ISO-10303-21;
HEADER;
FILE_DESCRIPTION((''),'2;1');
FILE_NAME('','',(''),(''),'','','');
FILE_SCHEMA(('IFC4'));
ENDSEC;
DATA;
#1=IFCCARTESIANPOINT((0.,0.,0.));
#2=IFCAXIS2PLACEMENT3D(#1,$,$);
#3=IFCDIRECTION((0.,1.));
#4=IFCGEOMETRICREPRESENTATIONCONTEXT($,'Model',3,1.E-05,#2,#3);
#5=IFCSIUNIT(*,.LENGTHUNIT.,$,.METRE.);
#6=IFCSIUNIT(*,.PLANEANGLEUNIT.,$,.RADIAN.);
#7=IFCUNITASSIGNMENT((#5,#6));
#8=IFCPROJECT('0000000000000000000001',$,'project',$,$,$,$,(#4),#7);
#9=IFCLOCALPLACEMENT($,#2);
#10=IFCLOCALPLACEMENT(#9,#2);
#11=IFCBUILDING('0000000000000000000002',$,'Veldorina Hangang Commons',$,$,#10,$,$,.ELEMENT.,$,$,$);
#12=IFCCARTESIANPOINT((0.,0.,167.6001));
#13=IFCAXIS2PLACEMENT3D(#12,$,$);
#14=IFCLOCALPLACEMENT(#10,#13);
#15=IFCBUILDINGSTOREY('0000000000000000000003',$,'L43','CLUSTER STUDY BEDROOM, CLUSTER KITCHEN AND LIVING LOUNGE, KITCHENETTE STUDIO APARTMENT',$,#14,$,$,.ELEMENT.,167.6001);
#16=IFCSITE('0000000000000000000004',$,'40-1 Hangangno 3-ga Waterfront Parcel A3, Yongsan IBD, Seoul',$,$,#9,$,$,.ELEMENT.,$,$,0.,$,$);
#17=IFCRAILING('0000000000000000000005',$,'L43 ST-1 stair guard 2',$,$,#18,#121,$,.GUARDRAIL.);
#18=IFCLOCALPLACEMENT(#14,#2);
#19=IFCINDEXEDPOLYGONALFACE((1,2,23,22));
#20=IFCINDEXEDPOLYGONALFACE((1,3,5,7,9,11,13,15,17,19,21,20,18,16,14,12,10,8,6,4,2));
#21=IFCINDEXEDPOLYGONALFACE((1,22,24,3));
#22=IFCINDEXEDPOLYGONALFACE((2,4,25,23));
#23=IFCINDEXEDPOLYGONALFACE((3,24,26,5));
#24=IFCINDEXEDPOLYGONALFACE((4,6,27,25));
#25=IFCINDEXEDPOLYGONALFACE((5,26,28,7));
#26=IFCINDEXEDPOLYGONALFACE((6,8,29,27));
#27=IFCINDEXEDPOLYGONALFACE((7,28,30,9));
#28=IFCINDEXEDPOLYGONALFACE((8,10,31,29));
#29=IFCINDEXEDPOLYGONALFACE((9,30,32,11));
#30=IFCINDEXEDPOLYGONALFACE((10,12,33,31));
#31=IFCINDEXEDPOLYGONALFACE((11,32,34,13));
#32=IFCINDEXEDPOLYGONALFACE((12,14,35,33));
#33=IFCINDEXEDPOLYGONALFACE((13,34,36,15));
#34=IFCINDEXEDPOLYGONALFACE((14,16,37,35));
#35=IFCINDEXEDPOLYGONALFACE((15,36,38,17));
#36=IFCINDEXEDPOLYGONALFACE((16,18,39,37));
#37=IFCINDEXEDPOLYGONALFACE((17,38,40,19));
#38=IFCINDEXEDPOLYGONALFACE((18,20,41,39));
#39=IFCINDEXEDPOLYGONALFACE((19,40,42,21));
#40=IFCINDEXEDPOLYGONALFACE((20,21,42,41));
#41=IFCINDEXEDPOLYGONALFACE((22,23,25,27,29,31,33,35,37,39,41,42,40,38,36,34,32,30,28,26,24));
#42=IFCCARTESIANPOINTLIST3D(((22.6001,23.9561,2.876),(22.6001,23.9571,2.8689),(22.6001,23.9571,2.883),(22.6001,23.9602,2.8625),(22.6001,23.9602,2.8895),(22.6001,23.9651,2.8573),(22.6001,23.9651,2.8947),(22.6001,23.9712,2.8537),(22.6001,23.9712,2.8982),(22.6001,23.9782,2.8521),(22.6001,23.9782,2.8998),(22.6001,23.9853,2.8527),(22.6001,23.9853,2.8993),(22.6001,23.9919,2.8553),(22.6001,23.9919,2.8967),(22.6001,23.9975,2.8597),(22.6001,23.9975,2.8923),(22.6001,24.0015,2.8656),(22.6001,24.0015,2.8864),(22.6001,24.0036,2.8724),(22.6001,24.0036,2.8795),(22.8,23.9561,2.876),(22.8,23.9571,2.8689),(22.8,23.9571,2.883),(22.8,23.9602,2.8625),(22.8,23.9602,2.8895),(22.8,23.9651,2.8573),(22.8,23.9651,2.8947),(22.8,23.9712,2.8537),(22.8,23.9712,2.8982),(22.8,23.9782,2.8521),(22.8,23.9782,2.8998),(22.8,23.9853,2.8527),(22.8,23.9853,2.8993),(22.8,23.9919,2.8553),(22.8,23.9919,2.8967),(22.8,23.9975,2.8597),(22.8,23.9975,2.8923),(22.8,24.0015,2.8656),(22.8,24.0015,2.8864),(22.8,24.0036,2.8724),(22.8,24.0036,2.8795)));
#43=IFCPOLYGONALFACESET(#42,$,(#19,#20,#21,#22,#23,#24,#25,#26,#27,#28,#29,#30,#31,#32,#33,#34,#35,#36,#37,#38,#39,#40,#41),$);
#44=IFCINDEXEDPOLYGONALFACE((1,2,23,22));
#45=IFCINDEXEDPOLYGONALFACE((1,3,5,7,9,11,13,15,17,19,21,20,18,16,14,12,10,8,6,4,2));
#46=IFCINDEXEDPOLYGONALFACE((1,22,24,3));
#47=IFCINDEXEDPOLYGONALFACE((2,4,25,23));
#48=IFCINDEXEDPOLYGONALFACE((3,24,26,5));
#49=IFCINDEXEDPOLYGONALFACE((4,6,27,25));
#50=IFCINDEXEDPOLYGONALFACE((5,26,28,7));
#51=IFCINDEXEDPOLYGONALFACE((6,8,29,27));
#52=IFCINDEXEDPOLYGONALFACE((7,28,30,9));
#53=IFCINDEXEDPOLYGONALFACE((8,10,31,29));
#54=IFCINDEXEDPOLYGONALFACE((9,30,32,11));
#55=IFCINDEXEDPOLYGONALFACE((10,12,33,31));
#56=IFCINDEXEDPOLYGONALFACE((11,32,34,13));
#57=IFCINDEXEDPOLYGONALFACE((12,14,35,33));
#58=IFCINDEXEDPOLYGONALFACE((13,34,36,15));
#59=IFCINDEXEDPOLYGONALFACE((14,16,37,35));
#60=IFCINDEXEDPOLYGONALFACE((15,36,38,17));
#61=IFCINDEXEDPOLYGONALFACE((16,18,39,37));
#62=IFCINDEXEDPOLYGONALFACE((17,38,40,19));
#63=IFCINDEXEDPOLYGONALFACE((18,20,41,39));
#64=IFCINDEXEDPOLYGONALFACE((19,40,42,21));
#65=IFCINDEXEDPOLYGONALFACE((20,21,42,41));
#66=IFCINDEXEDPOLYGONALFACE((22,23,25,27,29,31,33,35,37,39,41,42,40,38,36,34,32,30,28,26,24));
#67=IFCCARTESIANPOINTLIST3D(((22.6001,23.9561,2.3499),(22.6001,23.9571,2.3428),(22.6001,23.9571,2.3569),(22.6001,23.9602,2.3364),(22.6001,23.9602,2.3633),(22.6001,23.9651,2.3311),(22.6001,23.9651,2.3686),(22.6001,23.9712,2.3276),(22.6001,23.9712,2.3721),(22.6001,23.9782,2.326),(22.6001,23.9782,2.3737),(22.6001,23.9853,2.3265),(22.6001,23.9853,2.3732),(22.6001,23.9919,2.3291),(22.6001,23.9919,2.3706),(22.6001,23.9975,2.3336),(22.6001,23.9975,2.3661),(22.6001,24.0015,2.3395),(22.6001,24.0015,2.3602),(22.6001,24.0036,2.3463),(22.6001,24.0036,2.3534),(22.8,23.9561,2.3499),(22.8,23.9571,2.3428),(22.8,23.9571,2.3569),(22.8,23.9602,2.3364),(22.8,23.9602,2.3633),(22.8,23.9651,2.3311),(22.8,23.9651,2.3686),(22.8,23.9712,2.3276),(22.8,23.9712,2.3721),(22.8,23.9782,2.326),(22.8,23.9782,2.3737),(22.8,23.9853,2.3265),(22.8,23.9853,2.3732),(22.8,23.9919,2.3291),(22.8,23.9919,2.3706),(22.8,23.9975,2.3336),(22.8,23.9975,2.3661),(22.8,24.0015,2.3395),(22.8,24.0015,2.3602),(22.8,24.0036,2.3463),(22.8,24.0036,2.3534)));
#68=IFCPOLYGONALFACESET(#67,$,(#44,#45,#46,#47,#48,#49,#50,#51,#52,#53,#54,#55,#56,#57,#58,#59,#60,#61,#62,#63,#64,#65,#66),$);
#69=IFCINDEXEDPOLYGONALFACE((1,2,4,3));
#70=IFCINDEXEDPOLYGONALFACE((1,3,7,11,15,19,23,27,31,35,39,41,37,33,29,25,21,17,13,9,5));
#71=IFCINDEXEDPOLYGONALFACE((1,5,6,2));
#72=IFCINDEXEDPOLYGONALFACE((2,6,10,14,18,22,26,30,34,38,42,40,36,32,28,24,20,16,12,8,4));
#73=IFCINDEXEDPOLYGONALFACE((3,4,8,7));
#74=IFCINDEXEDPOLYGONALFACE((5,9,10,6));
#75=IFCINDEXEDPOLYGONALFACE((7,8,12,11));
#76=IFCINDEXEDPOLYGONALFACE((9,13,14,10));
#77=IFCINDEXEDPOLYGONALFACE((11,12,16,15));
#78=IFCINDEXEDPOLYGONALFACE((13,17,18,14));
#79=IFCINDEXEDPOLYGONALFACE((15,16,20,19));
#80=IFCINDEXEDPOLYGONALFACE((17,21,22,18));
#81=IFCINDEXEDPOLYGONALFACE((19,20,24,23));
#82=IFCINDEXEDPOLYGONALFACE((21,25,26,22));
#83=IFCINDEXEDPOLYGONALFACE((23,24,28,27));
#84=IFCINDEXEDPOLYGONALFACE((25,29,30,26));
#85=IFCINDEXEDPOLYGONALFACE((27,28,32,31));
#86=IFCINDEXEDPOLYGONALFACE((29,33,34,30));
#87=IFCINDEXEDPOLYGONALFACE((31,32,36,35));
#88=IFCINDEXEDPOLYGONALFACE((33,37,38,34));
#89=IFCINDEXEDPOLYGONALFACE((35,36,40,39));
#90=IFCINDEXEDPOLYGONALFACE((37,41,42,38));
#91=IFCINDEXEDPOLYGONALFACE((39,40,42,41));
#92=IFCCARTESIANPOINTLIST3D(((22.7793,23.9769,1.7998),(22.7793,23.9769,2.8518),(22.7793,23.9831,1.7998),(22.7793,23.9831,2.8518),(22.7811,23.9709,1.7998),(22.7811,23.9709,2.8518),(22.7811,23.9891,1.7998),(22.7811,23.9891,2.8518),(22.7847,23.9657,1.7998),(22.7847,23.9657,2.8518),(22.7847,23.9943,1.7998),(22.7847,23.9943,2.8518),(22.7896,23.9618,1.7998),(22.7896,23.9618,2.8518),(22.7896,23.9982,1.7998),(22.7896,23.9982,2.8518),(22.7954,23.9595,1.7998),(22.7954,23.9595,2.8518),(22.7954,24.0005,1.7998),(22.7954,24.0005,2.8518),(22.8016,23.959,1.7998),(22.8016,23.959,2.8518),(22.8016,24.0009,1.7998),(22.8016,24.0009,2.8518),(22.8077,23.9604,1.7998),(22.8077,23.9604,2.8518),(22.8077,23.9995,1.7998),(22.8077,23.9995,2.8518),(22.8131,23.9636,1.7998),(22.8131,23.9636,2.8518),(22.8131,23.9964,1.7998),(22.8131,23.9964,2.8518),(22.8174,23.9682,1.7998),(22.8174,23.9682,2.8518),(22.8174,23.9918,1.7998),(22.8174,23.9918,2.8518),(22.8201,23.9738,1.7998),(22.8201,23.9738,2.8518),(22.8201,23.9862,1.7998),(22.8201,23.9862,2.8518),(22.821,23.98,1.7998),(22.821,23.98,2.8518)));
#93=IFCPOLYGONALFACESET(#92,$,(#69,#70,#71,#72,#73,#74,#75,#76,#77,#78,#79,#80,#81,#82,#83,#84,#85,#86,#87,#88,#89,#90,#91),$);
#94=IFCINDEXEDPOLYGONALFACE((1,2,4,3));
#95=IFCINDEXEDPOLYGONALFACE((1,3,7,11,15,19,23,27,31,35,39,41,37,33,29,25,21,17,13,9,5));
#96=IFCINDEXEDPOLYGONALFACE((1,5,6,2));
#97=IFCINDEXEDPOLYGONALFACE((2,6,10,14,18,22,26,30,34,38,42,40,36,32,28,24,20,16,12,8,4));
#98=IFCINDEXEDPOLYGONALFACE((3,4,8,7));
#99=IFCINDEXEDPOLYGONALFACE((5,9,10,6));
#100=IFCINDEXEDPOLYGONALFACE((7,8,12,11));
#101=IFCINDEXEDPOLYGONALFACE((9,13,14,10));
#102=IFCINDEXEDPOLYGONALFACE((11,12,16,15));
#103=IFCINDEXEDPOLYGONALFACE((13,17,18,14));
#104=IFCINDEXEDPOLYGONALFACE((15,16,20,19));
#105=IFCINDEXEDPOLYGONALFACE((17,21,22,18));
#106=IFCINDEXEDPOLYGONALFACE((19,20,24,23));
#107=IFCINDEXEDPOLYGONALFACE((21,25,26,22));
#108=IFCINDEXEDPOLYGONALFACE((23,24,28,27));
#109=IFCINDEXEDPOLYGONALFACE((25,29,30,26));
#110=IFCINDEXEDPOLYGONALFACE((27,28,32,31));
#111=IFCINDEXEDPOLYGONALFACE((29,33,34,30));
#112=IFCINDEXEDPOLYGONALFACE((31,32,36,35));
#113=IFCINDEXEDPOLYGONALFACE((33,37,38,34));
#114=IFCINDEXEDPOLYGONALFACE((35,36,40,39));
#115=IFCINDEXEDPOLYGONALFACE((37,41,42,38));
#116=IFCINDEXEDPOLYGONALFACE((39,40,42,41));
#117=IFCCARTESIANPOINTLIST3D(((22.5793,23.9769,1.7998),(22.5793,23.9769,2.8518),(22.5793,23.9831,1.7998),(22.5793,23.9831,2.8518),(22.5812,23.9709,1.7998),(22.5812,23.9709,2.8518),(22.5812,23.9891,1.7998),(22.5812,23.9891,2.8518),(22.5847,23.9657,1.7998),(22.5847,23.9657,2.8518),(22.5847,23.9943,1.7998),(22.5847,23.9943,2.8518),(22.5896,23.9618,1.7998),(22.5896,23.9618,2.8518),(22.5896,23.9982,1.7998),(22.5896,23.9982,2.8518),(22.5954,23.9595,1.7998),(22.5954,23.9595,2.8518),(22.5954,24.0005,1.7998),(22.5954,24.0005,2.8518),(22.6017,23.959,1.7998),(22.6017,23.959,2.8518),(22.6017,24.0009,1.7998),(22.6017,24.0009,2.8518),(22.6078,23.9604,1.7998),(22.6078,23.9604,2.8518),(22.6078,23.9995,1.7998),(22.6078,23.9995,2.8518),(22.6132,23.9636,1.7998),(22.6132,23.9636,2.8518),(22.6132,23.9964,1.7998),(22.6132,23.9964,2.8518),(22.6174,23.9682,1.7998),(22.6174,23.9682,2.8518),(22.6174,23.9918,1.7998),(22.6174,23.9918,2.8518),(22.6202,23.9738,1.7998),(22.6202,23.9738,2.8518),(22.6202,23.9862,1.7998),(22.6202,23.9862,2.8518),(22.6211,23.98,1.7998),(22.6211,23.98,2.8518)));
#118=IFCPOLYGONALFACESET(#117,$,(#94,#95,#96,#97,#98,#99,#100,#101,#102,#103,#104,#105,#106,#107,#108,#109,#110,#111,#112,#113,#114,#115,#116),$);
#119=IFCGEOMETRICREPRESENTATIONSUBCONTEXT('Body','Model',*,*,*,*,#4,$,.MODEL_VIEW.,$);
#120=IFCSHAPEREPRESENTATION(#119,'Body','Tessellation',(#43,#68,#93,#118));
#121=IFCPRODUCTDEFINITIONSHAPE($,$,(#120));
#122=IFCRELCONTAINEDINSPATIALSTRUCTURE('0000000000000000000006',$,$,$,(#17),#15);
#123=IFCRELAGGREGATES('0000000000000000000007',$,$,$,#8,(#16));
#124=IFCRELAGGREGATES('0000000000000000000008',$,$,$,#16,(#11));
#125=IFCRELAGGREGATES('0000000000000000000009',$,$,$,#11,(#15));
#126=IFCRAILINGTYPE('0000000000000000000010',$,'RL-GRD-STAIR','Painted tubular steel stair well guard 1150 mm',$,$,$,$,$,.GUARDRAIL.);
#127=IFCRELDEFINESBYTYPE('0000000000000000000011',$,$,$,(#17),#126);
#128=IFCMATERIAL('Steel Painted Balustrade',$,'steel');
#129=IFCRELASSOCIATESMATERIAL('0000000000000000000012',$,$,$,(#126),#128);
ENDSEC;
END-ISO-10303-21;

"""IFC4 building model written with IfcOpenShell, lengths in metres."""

from ifc_helpers import new_model, si_unit, direction, frame, origin, origin_2d, place, context, subcontext, project, spatial, circle, extrude, material, type_object, element, save


model = new_model("IFC4")

# Units and contexts
model_context = context("Model", 3, precision=1e-05, world=origin(), true_north=direction((0.0, 1.0)))
body_context = subcontext(model_context, "Body", "Model", "MODEL_VIEW")
ifc_project = project(units=[si_unit("LENGTHUNIT", "METRE"), si_unit("PLANEANGLEUNIT", "RADIAN")], contexts=[model_context])

# Site, building, storey
site_placement = place(None, origin())
site = spatial("IfcSite", under=ifc_project, at=site_placement, Name="40-1 Hangangno 3-ga Waterfront Parcel A3, Yongsan IBD, Seoul", CompositionType="ELEMENT", RefElevation=0.0)
building_placement = place(site_placement, origin())
building = spatial("IfcBuilding", under=site, at=building_placement, Name="Veldorina Hangang Commons", CompositionType="ELEMENT")
storey_placement = place(building_placement, frame((0.0, 0.0, 167.6001)))
storey = spatial("IfcBuildingStorey", under=building, at=storey_placement, Name="L43", Description="CLUSTER STUDY BEDROOM, CLUSTER KITCHEN AND LIVING LOUNGE, KITCHENETTE STUDIO APARTMENT", CompositionType="ELEMENT", Elevation=167.6001)

# Railing
ifc_material_1 = material(Name="Steel Painted Balustrade", Category="steel")
railing_type = type_object("IfcRailingType", Name="RL-GRD-STAIR", Description="Painted tubular steel stair well guard 1150 mm", PredefinedType="GUARDRAIL", material=ifc_material_1)
railing_1_placement = place(storey_placement, frame((22.8, 23.98, 1.7998)))
element("IfcRailing", 1, at=railing_1_placement, inside=storey, type_object=railing_type, Name="L43 ST-1 stair guard 2", PredefinedType="GUARDRAIL", context=body_context, shape_type="SweptSolid", body=[
    extrude(circle(Radius=0.0239, at=origin_2d()), frame((0.0, 0.0, 1.0762), z_axis=(-1.0, 0.0, 0.0), x_axis=(0.0, -1.0, 0.0)), (0.0, 0.0, 1.0), 0.2),
    extrude(circle(Radius=0.0239, at=origin_2d()), frame((0.0, 0.0, 0.55), z_axis=(-1.0, 0.0, 0.0), x_axis=(0.0, -1.0, 0.0)), (0.0, 0.0, 1.0), 0.2),
    extrude(circle(Radius=0.021, at=origin_2d()), origin(), (0.0, 0.0, 1.0), 1.052),
    extrude(circle(Radius=0.021, at=origin_2d()), frame((-0.2, 0.0, 0.0)), (0.0, 0.0, 1.0), 1.052),
])

save(model, "model.ifc")
